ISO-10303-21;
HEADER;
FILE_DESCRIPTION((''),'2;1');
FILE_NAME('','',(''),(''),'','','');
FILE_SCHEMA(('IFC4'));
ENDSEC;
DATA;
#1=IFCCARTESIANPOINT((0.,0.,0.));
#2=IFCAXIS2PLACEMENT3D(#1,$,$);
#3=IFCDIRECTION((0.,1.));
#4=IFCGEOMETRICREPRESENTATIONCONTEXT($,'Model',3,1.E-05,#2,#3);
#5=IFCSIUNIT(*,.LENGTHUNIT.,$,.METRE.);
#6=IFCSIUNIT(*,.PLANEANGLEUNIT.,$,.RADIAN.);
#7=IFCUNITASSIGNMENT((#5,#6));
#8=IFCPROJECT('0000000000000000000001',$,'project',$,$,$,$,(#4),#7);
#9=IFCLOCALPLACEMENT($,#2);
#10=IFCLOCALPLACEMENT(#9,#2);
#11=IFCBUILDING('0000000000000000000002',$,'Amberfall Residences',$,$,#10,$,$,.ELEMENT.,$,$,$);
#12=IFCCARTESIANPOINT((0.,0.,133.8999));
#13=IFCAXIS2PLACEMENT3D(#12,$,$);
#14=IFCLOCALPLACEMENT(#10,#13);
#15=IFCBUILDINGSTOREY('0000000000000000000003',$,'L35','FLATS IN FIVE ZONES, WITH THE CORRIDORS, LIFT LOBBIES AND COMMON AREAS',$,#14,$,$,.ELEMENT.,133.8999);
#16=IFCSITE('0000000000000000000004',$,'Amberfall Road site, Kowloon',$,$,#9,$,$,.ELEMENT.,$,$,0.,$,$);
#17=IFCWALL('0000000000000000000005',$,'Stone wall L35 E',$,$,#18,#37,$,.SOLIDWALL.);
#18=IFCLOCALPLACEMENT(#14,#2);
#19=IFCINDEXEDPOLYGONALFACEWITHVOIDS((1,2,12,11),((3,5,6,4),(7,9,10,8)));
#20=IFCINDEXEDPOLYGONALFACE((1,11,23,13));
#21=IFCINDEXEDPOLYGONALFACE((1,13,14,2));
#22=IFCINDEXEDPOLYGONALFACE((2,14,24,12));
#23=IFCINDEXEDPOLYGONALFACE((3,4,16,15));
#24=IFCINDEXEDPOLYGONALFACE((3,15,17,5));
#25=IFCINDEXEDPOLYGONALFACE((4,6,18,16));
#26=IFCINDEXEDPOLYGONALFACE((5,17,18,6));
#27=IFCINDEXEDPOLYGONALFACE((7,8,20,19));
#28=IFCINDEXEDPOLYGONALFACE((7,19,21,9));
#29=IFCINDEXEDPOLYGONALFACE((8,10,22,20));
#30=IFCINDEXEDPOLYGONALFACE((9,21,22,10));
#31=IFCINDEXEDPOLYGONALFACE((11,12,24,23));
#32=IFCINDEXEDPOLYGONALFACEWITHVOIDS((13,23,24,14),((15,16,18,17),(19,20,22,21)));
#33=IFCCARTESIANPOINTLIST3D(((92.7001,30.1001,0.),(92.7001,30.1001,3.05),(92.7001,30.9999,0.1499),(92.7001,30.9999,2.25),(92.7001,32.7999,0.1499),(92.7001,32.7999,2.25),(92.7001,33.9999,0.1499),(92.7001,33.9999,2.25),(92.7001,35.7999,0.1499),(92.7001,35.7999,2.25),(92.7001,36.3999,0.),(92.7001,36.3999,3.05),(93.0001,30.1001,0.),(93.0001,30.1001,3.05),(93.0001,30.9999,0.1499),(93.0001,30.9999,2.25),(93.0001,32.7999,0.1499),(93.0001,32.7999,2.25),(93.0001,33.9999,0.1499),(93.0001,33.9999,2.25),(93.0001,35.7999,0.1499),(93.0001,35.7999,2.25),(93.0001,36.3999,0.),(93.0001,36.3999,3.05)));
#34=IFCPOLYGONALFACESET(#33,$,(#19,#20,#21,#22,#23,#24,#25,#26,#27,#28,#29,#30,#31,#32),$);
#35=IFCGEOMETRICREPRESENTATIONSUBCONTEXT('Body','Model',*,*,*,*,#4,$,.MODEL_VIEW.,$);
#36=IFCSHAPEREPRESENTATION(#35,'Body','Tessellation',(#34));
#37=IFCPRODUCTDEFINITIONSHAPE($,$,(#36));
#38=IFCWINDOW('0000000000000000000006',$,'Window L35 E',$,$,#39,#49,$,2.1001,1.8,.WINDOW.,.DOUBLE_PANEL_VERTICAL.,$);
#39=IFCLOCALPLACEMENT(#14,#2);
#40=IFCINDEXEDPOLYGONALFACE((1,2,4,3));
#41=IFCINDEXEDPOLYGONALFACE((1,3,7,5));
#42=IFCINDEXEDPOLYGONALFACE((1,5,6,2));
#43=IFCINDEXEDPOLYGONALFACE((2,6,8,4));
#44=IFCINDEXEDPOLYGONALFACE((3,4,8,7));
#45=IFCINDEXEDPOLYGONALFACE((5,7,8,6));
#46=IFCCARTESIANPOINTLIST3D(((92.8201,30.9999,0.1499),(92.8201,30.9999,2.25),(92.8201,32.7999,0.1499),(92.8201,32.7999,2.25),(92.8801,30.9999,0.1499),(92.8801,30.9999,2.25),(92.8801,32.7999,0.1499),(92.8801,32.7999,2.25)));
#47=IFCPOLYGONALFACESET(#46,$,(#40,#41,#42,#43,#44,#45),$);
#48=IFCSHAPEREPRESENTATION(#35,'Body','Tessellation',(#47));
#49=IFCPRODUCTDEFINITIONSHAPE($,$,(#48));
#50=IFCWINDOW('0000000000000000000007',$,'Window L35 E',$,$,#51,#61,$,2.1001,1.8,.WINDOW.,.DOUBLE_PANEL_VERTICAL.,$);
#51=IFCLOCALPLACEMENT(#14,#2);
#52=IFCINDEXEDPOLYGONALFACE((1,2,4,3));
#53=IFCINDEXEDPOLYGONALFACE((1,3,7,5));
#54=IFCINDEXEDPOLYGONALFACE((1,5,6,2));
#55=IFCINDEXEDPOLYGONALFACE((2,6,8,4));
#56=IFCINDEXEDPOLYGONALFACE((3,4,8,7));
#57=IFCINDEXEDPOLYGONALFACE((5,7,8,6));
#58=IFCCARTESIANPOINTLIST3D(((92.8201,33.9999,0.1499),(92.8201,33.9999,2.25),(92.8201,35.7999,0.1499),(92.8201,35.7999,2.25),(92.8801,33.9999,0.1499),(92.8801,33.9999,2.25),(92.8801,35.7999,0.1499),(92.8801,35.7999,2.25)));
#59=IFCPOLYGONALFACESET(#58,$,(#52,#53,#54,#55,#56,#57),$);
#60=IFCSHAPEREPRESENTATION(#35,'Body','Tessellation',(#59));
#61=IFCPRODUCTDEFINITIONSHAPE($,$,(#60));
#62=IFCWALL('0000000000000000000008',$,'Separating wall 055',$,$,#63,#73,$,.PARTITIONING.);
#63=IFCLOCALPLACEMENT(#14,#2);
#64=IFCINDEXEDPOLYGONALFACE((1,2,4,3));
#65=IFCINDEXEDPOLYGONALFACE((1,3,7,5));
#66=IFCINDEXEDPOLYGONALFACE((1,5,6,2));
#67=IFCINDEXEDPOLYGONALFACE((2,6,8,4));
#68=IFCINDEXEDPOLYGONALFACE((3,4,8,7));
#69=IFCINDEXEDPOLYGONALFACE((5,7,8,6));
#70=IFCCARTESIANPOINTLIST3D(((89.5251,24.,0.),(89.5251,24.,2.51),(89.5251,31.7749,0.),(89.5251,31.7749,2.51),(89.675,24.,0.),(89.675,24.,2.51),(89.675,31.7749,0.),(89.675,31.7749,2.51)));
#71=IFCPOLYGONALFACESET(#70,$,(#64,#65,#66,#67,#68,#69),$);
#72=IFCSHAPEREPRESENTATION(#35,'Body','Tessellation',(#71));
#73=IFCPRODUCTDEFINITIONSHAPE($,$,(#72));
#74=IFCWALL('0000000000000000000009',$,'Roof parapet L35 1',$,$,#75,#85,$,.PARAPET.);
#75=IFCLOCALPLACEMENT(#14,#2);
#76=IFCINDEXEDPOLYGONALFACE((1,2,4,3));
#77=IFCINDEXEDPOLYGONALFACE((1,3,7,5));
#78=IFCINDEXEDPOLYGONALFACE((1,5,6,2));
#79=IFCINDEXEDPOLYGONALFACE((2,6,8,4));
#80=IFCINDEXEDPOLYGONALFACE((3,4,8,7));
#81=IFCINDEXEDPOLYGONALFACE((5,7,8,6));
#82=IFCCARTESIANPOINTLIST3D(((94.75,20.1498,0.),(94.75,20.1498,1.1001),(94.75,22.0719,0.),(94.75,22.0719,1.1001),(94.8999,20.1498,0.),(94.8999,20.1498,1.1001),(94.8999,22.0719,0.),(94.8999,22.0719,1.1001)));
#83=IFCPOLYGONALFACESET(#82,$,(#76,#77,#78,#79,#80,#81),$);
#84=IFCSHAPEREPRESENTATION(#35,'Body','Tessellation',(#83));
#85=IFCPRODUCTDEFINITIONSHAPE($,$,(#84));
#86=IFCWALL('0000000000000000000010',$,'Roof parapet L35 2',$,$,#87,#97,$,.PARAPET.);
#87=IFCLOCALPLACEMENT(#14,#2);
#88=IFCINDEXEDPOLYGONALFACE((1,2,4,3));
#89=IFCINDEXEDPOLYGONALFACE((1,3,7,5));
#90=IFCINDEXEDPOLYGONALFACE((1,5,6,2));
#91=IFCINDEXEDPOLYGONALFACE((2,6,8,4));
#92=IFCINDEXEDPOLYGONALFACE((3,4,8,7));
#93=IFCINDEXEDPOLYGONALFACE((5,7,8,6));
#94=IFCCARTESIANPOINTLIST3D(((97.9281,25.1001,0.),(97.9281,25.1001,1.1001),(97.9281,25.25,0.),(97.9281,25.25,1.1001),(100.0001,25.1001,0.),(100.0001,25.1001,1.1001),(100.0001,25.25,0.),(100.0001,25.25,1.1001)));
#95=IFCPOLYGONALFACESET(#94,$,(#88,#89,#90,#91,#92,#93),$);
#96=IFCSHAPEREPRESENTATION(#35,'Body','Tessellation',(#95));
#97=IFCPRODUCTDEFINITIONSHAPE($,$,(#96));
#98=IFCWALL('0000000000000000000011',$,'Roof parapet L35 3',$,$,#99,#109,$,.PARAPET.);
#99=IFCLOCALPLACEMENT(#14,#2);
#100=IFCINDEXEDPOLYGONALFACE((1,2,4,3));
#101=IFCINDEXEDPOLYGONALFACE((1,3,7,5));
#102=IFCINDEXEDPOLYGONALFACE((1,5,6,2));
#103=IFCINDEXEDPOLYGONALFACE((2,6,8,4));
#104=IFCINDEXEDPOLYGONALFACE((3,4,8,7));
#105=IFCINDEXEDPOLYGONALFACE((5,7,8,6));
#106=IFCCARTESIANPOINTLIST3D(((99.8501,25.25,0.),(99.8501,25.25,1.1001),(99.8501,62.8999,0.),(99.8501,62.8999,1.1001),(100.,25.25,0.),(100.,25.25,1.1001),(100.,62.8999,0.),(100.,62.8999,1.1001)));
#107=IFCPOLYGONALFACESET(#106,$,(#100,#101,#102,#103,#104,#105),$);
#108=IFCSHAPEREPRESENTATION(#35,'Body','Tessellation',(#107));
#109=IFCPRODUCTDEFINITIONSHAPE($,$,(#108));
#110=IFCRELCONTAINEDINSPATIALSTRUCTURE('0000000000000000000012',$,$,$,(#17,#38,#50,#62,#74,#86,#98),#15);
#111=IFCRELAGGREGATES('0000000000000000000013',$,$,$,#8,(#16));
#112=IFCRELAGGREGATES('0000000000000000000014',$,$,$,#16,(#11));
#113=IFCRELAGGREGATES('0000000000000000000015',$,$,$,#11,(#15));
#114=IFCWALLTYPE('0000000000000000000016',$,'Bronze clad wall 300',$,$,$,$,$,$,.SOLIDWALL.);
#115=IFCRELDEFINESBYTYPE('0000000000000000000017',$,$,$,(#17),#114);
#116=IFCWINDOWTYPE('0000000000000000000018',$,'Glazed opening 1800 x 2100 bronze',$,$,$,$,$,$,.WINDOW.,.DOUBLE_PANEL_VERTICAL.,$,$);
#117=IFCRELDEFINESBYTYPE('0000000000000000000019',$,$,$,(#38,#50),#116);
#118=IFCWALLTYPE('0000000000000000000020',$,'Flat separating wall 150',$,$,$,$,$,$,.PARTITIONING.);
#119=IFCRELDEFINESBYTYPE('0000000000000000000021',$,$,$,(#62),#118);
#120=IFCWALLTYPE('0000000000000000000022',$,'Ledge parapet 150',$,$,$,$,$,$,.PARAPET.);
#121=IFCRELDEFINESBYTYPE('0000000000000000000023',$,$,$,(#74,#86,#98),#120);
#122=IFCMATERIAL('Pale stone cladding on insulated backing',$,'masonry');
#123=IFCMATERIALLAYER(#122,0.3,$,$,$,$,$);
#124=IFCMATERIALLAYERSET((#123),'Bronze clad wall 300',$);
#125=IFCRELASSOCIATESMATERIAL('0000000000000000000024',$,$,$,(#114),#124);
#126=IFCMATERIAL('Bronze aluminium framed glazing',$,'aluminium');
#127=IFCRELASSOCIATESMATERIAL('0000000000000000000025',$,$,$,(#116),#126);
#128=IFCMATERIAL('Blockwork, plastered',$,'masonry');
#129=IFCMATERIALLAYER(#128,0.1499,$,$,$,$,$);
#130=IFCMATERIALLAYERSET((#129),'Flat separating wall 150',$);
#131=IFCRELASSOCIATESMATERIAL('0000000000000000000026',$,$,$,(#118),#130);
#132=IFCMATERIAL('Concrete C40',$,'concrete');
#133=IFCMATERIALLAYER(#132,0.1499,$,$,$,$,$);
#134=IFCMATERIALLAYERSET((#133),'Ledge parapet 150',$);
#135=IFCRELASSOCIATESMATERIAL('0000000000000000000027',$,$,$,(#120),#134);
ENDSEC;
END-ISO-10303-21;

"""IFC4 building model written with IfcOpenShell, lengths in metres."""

from ifc_helpers import new_model, si_unit, direction, frame, frame_2d, origin, place, context, subcontext, project, spatial, rectangle, extrude, material, layer, layer_set, type_object, element, fill, save


model = new_model("IFC4")

# Units and contexts
model_context = context("Model", 3, precision=1e-05, world=origin(), true_north=direction((0.0, 1.0)))
body_context = subcontext(model_context, "Body", "Model", "MODEL_VIEW")
ifc_project = project(units=[si_unit("LENGTHUNIT", "METRE"), si_unit("PLANEANGLEUNIT", "RADIAN")], contexts=[model_context])

# Site, building, storey
site_placement = place(None, origin())
site = spatial("IfcSite", under=ifc_project, at=site_placement, Name="Amberfall Road site, Kowloon", CompositionType="ELEMENT", RefElevation=0.0)
building_placement = place(site_placement, origin())
building = spatial("IfcBuilding", under=site, at=building_placement, Name="Amberfall Residences", CompositionType="ELEMENT")
storey_placement = place(building_placement, frame((0.0, 0.0, 133.8999)))
storey = spatial("IfcBuildingStorey", under=building, at=storey_placement, Name="L35", Description="FLATS IN FIVE ZONES, WITH THE CORRIDORS, LIFT LOBBIES AND COMMON AREAS", CompositionType="ELEMENT", Elevation=133.8999)

# Shared definitions
ifc_material_1 = material(Name="Pale stone cladding on insulated backing", Category="masonry")
ifc_layer_1 = layer(ifc_material_1, 0.3)
ifc_layer_set_1 = layer_set([ifc_layer_1], Name="Bronze clad wall 300")
wall_type_1 = type_object("IfcWallType", Name="Bronze clad wall 300", PredefinedType="SOLIDWALL", material=ifc_layer_set_1)

# Shared definitions
ifc_material_2 = material(Name="Bronze aluminium framed glazing", Category="aluminium")

# Wall, openings, windows
wall_1_placement = place(storey_placement, frame((92.8501, 30.1001, 0.0), z_axis=(0.0, 0.0, 1.0), x_axis=(0.0, 1.0, 0.0)))
wall_1 = element("IfcWall", 1, at=wall_1_placement, inside=storey, type_object=wall_type_1, Name="Stone wall L35 E", PredefinedType="SOLIDWALL", context=body_context, shape_type="SweptSolid", body=[
    extrude(rectangle(XDim=6.2998, YDim=0.3, at=frame_2d((3.1499, 0.0))), origin(), (0.0, 0.0, 1.0), 3.05),
])
opening_1_placement = place(wall_1_placement, frame((0.8999, 0.0, 0.1499)))
opening_1 = element("IfcOpeningElement", 2, at=opening_1_placement, cuts=wall_1, PredefinedType="OPENING", context=body_context, shape_type="SweptSolid", body=[
    extrude(rectangle(XDim=1.8, YDim=2.1001, at=frame_2d((0.8999, 1.05))), frame((0.0, 0.1599, 0.0), z_axis=(0.0, -1.0, 0.0), x_axis=(1.0, 0.0, 0.0)), (0.0, 0.0, 1.0), 0.3201),
])
opening_2_placement = place(wall_1_placement, frame((3.8999, 0.0, 0.1499)))
opening_2 = element("IfcOpeningElement", 3, at=opening_2_placement, cuts=wall_1, PredefinedType="OPENING", context=body_context, shape_type="SweptSolid", body=[
    extrude(rectangle(XDim=1.8, YDim=2.1001, at=frame_2d((0.8999, 1.05))), frame((0.0, 0.1599, 0.0), z_axis=(0.0, -1.0, 0.0), x_axis=(1.0, 0.0, 0.0)), (0.0, 0.0, 1.0), 0.3201),
])
window_type_1 = type_object("IfcWindowType", Name="Glazed opening 1800 x 2100 bronze", PartitioningType="DOUBLE_PANEL_VERTICAL", PredefinedType="WINDOW", material=ifc_material_2)
window_1_placement = place(opening_1_placement, origin())
window_1 = element("IfcWindow", 4, at=window_1_placement, inside=storey, type_object=window_type_1, Name="Window L35 E", OverallHeight=2.1001, OverallWidth=1.8, PartitioningType="DOUBLE_PANEL_VERTICAL", PredefinedType="WINDOW", context=body_context, shape_type="SweptSolid", body=[
    extrude(rectangle(XDim=1.8, YDim=2.1001, at=frame_2d((0.8999, 1.05))), frame((0.0, 0.03, 0.0), z_axis=(0.0, -1.0, 0.0), x_axis=(1.0, 0.0, 0.0)), (0.0, 0.0, 1.0), 0.0601),
])
fill(opening_1, window_1)
window_2_placement = place(opening_2_placement, origin())
window_2 = element("IfcWindow", 5, at=window_2_placement, inside=storey, type_object=window_type_1, Name="Window L35 E", OverallHeight=2.1001, OverallWidth=1.8, PartitioningType="DOUBLE_PANEL_VERTICAL", PredefinedType="WINDOW", context=body_context, shape_type="SweptSolid", body=[
    extrude(rectangle(XDim=1.8, YDim=2.1001, at=frame_2d((0.8999, 1.05))), frame((0.0, 0.03, 0.0), z_axis=(0.0, -1.0, 0.0), x_axis=(1.0, 0.0, 0.0)), (0.0, 0.0, 1.0), 0.0601),
])
fill(opening_2, window_2)

# Walls
ifc_material_3 = material(Name="Blockwork, plastered", Category="masonry")
ifc_layer_2 = layer(ifc_material_3, 0.1499)
ifc_layer_set_2 = layer_set([ifc_layer_2], Name="Flat separating wall 150")
wall_type_2 = type_object("IfcWallType", Name="Flat separating wall 150", PredefinedType="PARTITIONING", material=ifc_layer_set_2)
wall_2_placement = place(storey_placement, frame((89.6001, 24.0, 0.0), z_axis=(0.0, 0.0, 1.0), x_axis=(0.0, 1.0, 0.0)))
element("IfcWall", 6, at=wall_2_placement, inside=storey, type_object=wall_type_2, Name="Separating wall 055", PredefinedType="PARTITIONING", context=body_context, shape_type="SweptSolid", body=[
    extrude(rectangle(XDim=7.7749, YDim=0.1499, at=frame_2d((3.8875, 0.0))), origin(), (0.0, 0.0, 1.0), 2.51),
])
ifc_material_4 = material(Name="Concrete C40", Category="concrete")
ifc_layer_3 = layer(ifc_material_4, 0.1499)
ifc_layer_set_3 = layer_set([ifc_layer_3], Name="Ledge parapet 150")
wall_type_3 = type_object("IfcWallType", Name="Ledge parapet 150", PredefinedType="PARAPET", material=ifc_layer_set_3)
wall_3_placement = place(storey_placement, frame((94.825, 20.1499, 0.0), z_axis=(0.0, 0.0, 1.0), x_axis=(0.0, 1.0, 0.0)))
element("IfcWall", 7, at=wall_3_placement, inside=storey, type_object=wall_type_3, Name="Roof parapet L35 1", PredefinedType="PARAPET", context=body_context, shape_type="SweptSolid", body=[
    extrude(rectangle(XDim=1.9221, YDim=0.1499, at=frame_2d((0.9609, 0.0))), origin(), (0.0, 0.0, 1.0), 1.1001),
])
wall_4_placement = place(storey_placement, frame((97.928, 25.175, 0.0), z_axis=(0.0, 0.0, 1.0), x_axis=(1.0, 0.0, 0.0)))
element("IfcWall", 8, at=wall_4_placement, inside=storey, type_object=wall_type_3, Name="Roof parapet L35 2", PredefinedType="PARAPET", context=body_context, shape_type="SweptSolid", body=[
    extrude(rectangle(XDim=2.072, YDim=0.1499, at=frame_2d((1.0361, 0.0))), origin(), (0.0, 0.0, 1.0), 1.1001),
])
wall_5_placement = place(storey_placement, frame((99.925, 25.25, 0.0), z_axis=(0.0, 0.0, 1.0), x_axis=(0.0, 1.0, 0.0)))
element("IfcWall", 9, at=wall_5_placement, inside=storey, type_object=wall_type_3, Name="Roof parapet L35 3", PredefinedType="PARAPET", context=body_context, shape_type="SweptSolid", body=[
    extrude(rectangle(XDim=37.6499, YDim=0.1499, at=frame_2d((18.825, 0.0))), origin(), (0.0, 0.0, 1.0), 1.1001),
])

save(model, "model.ifc")
